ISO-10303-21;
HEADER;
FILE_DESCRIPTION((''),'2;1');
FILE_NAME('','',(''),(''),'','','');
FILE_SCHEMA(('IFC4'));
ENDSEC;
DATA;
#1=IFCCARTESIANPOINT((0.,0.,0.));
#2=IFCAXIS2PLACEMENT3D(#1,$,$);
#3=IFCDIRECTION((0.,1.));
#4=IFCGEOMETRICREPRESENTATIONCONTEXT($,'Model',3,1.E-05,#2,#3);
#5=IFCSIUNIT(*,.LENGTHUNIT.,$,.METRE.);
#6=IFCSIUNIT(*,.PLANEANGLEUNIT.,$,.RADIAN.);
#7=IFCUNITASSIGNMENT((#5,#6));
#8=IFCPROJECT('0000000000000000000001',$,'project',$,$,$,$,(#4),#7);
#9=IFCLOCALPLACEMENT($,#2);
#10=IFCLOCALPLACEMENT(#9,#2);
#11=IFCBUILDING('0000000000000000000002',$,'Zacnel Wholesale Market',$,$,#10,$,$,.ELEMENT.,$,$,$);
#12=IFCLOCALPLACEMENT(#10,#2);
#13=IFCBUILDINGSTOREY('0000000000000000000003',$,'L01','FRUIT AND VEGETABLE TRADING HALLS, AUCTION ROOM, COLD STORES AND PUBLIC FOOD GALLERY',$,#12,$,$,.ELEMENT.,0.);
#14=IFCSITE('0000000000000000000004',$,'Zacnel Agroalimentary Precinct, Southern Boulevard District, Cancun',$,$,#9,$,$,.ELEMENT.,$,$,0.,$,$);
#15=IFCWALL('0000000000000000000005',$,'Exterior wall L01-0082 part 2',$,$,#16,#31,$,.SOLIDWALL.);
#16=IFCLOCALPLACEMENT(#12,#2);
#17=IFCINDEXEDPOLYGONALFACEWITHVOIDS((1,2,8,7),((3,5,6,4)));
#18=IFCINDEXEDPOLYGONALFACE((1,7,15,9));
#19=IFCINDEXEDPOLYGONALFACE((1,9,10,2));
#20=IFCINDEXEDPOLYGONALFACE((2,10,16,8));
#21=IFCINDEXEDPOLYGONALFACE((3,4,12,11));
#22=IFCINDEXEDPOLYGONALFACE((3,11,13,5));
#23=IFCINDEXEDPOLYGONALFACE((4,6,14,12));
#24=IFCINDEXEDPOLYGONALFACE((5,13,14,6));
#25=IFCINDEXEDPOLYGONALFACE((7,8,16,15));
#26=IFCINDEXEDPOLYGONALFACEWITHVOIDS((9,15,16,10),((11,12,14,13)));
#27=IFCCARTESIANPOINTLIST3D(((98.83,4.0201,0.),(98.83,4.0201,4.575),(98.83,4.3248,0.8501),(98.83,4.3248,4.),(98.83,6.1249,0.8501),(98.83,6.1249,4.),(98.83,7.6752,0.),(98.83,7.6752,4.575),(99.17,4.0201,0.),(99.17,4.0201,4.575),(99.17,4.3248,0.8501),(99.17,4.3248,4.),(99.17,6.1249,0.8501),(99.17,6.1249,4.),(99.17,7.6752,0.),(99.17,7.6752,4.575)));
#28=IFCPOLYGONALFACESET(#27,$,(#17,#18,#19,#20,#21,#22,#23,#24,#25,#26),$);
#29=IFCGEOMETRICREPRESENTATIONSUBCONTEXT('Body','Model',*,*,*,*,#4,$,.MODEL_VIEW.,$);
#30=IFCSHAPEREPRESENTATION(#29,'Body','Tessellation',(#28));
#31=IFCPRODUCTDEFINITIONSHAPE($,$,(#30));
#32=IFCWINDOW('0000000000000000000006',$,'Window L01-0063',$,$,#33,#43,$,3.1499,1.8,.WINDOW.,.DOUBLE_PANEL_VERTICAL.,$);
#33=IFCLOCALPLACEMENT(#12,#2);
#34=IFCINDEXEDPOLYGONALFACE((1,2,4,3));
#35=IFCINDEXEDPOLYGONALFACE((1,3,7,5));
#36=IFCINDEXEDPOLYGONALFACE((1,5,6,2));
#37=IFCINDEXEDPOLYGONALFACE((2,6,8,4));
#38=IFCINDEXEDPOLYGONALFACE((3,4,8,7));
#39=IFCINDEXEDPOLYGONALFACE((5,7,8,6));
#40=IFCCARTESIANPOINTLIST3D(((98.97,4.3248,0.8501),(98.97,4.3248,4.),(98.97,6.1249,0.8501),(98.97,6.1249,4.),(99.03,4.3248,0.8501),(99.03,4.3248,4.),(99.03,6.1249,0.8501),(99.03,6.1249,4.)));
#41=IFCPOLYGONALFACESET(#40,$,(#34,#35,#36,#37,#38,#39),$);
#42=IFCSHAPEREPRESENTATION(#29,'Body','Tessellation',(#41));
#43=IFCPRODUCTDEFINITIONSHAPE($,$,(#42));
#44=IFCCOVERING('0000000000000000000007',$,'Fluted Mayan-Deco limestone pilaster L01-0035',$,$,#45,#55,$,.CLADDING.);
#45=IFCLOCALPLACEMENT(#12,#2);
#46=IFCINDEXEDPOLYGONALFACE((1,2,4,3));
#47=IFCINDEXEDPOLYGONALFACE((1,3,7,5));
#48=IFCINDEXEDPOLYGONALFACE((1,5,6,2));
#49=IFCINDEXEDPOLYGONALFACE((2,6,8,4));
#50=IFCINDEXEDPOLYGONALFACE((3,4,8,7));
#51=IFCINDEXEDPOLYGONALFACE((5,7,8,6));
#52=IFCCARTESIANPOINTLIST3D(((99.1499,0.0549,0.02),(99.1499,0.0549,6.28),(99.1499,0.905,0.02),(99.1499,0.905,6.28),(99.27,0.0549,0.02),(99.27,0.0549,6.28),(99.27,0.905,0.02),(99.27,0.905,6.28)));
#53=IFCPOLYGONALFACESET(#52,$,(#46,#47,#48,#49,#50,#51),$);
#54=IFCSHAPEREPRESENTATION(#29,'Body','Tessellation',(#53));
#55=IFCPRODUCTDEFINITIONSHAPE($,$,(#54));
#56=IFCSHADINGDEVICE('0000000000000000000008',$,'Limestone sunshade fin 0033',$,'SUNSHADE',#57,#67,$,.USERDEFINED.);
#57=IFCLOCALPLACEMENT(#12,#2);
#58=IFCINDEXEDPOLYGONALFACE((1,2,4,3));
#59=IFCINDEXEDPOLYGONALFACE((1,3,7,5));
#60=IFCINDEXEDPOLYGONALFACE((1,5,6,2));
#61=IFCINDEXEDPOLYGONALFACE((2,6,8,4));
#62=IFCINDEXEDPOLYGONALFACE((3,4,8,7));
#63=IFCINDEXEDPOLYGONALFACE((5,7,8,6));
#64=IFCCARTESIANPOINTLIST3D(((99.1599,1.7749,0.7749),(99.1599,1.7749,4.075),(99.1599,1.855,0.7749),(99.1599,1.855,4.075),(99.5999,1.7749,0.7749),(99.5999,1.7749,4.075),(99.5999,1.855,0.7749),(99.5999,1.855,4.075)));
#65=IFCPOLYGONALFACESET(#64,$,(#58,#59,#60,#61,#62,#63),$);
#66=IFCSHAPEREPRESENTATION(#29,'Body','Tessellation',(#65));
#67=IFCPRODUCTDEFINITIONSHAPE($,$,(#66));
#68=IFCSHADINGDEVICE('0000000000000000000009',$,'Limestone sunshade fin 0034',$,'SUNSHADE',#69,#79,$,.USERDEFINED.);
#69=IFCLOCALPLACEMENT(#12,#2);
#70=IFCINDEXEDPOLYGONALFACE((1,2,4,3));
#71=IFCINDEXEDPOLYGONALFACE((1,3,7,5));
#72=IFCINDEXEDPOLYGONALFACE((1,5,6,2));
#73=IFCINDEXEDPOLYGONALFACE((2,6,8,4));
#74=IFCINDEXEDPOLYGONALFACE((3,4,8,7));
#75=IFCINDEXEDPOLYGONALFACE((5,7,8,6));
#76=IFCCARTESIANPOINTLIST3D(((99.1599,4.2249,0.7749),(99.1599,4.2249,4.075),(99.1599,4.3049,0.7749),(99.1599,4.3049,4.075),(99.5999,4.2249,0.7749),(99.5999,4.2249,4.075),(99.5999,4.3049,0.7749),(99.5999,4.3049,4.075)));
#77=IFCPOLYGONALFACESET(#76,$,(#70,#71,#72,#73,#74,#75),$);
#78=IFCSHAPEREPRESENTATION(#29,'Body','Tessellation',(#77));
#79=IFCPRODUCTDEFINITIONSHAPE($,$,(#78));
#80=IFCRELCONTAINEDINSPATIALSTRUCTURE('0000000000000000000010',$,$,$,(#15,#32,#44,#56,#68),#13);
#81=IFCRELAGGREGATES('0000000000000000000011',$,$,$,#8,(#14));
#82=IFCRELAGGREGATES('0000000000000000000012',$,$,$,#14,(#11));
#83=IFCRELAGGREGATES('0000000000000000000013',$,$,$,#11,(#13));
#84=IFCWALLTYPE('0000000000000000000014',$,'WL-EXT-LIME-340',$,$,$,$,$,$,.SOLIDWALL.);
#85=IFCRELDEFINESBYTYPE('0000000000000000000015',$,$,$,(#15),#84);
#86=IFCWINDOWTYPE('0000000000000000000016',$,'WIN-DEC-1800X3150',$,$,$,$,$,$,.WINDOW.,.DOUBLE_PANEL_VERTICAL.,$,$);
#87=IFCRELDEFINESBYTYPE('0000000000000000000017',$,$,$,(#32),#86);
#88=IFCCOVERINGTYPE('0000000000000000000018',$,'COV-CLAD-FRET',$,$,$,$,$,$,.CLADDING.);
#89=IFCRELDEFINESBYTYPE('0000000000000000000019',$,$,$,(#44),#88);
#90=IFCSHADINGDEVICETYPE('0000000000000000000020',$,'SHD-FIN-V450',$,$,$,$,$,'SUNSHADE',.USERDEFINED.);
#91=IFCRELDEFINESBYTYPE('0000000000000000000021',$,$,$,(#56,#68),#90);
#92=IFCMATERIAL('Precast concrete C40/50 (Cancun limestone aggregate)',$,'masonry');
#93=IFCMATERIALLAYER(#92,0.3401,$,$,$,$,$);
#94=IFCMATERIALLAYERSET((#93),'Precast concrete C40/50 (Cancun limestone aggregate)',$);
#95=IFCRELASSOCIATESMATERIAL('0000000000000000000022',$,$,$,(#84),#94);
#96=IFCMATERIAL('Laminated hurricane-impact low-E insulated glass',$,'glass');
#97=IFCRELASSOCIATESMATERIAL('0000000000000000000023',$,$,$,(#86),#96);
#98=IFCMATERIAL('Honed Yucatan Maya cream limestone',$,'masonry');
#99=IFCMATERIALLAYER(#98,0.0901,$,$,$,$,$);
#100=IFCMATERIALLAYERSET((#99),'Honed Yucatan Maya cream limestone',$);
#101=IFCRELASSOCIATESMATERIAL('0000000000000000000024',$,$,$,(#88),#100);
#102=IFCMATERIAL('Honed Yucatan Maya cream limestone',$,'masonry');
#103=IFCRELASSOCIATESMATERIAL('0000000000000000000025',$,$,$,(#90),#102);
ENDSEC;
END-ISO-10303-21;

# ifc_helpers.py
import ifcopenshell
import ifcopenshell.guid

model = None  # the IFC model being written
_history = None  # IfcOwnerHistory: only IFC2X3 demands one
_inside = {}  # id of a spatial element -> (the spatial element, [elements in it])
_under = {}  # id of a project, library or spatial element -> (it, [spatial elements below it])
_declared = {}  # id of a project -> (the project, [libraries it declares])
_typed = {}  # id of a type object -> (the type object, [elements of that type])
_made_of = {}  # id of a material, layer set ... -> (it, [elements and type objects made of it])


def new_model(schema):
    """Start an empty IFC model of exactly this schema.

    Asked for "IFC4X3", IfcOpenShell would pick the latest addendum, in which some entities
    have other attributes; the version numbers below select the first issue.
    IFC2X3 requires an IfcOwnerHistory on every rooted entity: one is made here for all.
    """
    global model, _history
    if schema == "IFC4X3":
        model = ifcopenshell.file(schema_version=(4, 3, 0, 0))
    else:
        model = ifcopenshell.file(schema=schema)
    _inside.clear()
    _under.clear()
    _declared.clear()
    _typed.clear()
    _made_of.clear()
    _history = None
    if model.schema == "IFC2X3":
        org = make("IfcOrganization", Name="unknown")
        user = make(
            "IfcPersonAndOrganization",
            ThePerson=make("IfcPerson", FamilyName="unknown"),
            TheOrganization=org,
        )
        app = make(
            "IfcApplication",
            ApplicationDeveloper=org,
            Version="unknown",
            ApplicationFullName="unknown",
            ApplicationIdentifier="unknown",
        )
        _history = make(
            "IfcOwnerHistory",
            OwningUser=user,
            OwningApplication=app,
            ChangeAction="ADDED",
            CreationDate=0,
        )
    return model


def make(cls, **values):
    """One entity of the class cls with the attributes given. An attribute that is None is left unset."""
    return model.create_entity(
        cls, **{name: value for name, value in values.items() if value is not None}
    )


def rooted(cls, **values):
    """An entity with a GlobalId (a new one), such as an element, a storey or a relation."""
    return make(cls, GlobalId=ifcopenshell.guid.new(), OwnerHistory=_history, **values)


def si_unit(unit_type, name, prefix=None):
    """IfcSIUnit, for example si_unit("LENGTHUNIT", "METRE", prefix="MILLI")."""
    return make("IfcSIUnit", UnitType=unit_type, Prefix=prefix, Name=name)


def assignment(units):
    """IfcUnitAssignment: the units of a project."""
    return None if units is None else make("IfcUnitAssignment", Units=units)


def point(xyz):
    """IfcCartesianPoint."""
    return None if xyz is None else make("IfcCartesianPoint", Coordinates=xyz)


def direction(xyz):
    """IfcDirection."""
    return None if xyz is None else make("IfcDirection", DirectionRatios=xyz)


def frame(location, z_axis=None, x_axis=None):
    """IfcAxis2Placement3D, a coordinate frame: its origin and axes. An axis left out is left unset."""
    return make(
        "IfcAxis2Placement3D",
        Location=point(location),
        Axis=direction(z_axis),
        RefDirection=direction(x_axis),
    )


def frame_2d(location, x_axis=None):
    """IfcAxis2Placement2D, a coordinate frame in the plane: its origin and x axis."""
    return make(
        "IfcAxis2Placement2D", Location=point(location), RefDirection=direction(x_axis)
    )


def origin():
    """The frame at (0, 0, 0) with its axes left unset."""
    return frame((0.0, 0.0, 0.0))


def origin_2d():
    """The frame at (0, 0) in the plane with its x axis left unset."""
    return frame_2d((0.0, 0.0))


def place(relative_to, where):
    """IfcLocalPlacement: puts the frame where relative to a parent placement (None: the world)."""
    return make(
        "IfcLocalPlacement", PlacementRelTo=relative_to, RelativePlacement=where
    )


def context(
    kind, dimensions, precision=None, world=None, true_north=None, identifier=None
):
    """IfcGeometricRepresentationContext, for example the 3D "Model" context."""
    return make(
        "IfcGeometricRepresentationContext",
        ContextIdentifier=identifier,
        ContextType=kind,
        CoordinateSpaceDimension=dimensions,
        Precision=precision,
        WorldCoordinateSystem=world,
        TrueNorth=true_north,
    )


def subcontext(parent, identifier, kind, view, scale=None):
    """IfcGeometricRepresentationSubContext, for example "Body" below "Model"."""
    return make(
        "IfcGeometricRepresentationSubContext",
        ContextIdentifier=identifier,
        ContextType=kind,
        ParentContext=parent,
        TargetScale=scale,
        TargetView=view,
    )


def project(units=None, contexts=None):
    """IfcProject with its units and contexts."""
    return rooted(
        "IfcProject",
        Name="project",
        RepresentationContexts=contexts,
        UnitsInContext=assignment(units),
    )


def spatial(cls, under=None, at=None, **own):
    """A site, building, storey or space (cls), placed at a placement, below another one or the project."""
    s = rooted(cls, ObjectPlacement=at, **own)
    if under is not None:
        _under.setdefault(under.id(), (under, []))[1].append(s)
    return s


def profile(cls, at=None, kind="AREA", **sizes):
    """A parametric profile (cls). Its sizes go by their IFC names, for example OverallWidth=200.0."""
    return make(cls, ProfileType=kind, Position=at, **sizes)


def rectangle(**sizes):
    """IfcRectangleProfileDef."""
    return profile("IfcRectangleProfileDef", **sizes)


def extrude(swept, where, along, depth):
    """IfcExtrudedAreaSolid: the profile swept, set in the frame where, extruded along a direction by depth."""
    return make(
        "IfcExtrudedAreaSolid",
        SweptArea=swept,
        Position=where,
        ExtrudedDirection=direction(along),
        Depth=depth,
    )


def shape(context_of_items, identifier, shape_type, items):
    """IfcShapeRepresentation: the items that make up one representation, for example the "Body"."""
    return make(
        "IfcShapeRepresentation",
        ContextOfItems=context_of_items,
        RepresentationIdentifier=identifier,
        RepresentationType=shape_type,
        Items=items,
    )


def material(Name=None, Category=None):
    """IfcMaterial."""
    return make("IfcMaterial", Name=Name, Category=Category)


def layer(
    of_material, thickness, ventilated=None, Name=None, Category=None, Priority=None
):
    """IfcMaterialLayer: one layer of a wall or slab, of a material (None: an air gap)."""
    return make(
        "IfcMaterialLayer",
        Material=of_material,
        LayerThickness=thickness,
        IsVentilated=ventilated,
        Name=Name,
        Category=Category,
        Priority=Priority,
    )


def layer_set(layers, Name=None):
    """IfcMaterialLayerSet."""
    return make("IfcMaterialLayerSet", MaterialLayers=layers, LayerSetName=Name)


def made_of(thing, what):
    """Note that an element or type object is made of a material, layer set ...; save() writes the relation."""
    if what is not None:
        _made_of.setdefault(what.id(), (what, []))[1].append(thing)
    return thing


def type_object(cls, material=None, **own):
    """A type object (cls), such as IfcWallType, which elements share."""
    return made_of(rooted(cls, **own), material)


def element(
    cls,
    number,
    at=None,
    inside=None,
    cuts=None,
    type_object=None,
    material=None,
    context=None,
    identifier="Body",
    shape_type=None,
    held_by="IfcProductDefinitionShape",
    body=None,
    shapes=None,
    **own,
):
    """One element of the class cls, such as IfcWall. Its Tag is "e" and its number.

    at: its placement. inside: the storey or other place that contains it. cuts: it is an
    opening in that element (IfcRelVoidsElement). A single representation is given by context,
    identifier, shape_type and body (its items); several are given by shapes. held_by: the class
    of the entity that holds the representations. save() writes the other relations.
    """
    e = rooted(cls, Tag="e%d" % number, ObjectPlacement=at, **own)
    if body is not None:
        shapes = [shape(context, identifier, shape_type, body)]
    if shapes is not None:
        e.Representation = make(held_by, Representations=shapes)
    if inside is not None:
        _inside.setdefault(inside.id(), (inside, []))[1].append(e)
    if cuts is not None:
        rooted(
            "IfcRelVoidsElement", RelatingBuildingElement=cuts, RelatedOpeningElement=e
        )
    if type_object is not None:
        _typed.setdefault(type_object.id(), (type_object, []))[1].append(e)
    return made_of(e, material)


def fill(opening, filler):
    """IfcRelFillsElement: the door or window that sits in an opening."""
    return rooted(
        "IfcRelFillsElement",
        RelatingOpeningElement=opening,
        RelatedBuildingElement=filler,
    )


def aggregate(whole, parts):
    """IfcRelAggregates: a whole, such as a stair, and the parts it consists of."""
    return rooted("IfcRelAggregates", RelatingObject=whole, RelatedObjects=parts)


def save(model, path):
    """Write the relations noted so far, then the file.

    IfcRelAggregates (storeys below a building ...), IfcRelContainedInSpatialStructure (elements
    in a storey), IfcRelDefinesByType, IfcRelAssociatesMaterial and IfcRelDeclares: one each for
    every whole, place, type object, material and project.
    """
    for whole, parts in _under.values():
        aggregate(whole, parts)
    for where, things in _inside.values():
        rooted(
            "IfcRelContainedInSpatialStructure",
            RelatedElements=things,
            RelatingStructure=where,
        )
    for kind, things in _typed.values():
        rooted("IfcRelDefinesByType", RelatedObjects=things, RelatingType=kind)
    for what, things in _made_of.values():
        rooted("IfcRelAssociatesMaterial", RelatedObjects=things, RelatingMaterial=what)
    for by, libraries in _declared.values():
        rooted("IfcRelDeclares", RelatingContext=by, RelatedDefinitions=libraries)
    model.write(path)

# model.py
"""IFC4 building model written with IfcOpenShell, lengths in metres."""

from ifc_helpers import new_model, si_unit, direction, frame, frame_2d, origin, origin_2d, place, context, subcontext, project, spatial, rectangle, extrude, material, layer, layer_set, type_object, element, fill, save


model = new_model("IFC4")

# Units and contexts
model_context = context("Model", 3, precision=1e-05, world=origin(), true_north=direction((0.0, 1.0)))
body_context = subcontext(model_context, "Body", "Model", "MODEL_VIEW")
ifc_project = project(units=[si_unit("LENGTHUNIT", "METRE"), si_unit("PLANEANGLEUNIT", "RADIAN")], contexts=[model_context])

# Site, building, storey
site_placement = place(None, origin())
site = spatial("IfcSite", under=ifc_project, at=site_placement, Name="Zacnel Agroalimentary Precinct, Southern Boulevard District, Cancun", CompositionType="ELEMENT", RefElevation=0.0)
building_placement = place(site_placement, origin())
building = spatial("IfcBuilding", under=site, at=building_placement, Name="Zacnel Wholesale Market", CompositionType="ELEMENT")
storey_placement = place(building_placement, origin())
storey = spatial("IfcBuildingStorey", under=building, at=storey_placement, Name="L01", Description="FRUIT AND VEGETABLE TRADING HALLS, AUCTION ROOM, COLD STORES AND PUBLIC FOOD GALLERY", CompositionType="ELEMENT", Elevation=0.0)

# Shared definitions
ifc_material_1 = material(Name="Precast concrete C40/50 (Cancun limestone aggregate)", Category="masonry")
ifc_layer_1 = layer(ifc_material_1, 0.3401)
ifc_layer_set_1 = layer_set([ifc_layer_1], Name="Precast concrete C40/50 (Cancun limestone aggregate)")
wall_type = type_object("IfcWallType", Name="WL-EXT-LIME-340", PredefinedType="SOLIDWALL", material=ifc_layer_set_1)
ifc_material_2 = material(Name="Laminated hurricane-impact low-E insulated glass", Category="glass")
window_type = type_object("IfcWindowType", Name="WIN-DEC-1800X3150", PartitioningType="DOUBLE_PANEL_VERTICAL", PredefinedType="WINDOW", material=ifc_material_2)

# Wall, opening, window
wall_1_placement = place(storey_placement, frame((99.0, 4.02, 0.0), z_axis=(0.0, 0.0, 1.0), x_axis=(0.0, 1.0, 0.0)))
wall_1 = element("IfcWall", 1, at=wall_1_placement, inside=storey, type_object=wall_type, Name="Exterior wall L01-0082 part 2", PredefinedType="SOLIDWALL", context=body_context, shape_type="SweptSolid", body=[
    extrude(rectangle(XDim=3.655, YDim=0.3401, at=frame_2d((1.8276, 0.0))), origin(), (0.0, 0.0, 1.0), 4.575),
])
opening_1_placement = place(wall_1_placement, frame((0.3049, 0.0, 0.8501)))
opening_1 = element("IfcOpeningElement", 2, at=opening_1_placement, cuts=wall_1, PredefinedType="OPENING", context=body_context, shape_type="SweptSolid", body=[
    extrude(rectangle(XDim=1.8, YDim=3.1499, at=frame_2d((0.8999, 1.575))), frame((0.0, 0.1799, 0.0), z_axis=(0.0, -1.0, 0.0), x_axis=(1.0, 0.0, 0.0)), (0.0, 0.0, 1.0), 0.3601),
])
window_1_placement = place(opening_1_placement, origin())
window_1 = element("IfcWindow", 3, at=window_1_placement, inside=storey, type_object=window_type, Name="Window L01-0063", OverallHeight=3.1499, OverallWidth=1.8, PartitioningType="DOUBLE_PANEL_VERTICAL", PredefinedType="WINDOW", context=body_context, shape_type="SweptSolid", body=[
    extrude(rectangle(XDim=1.8, YDim=3.1499, at=frame_2d((0.8999, 1.575))), frame((0.0, 0.03, 0.0), z_axis=(0.0, -1.0, 0.0), x_axis=(1.0, 0.0, 0.0)), (0.0, 0.0, 1.0), 0.0601),
])
fill(opening_1, window_1)

# Covering
ifc_material_3 = material(Name="Honed Yucatan Maya cream limestone", Category="masonry")
ifc_layer_2 = layer(ifc_material_3, 0.0901)
ifc_layer_set_2 = layer_set([ifc_layer_2], Name="Honed Yucatan Maya cream limestone")
covering_type = type_object("IfcCoveringType", Name="COV-CLAD-FRET", PredefinedType="CLADDING", material=ifc_layer_set_2)
covering_placement = place(storey_placement, frame((99.21, 0.48, 0.02), z_axis=(0.0, 0.0, 1.0), x_axis=(0.0, 1.0, 0.0)))
element("IfcCovering", 4, at=covering_placement, inside=storey, type_object=covering_type, Name="Fluted Mayan-Deco limestone pilaster L01-0035", PredefinedType="CLADDING", context=body_context, shape_type="SweptSolid", body=[
    extrude(rectangle(XDim=0.8501, YDim=0.1201, at=origin_2d()), origin(), (0.0, 0.0, 1.0), 6.26),
])

# Shading devices
ifc_material_4 = material(Name="Honed Yucatan Maya cream limestone", Category="masonry")
shading_device_type = type_object("IfcShadingDeviceType", Name="SHD-FIN-V450", ElementType="SUNSHADE", PredefinedType="USERDEFINED", material=ifc_material_4)
for number, where, z_axis, x_axis, name in (
    (5, (99.3799, 1.8149, 0.7749), (0.0, 0.0, 1.0), (0.0, 1.0, 0.0), "Limestone sunshade fin 0033"),
    (6, (99.3799, 4.2649, 0.7749), (0.0, 0.0, 1.0), (0.0, 1.0, 0.0), "Limestone sunshade fin 0034"),
):
    element("IfcShadingDevice", number, at=place(storey_placement, frame(where, z_axis=z_axis, x_axis=x_axis)), inside=storey, type_object=shading_device_type, Name=name, ObjectType="SUNSHADE", PredefinedType="USERDEFINED", context=body_context, shape_type="SweptSolid", body=[
        extrude(rectangle(XDim=0.0801, YDim=0.4399, at=origin_2d()), origin(), (0.0, 0.0, 1.0), 3.3),
    ])

save(model, "model.ifc")
